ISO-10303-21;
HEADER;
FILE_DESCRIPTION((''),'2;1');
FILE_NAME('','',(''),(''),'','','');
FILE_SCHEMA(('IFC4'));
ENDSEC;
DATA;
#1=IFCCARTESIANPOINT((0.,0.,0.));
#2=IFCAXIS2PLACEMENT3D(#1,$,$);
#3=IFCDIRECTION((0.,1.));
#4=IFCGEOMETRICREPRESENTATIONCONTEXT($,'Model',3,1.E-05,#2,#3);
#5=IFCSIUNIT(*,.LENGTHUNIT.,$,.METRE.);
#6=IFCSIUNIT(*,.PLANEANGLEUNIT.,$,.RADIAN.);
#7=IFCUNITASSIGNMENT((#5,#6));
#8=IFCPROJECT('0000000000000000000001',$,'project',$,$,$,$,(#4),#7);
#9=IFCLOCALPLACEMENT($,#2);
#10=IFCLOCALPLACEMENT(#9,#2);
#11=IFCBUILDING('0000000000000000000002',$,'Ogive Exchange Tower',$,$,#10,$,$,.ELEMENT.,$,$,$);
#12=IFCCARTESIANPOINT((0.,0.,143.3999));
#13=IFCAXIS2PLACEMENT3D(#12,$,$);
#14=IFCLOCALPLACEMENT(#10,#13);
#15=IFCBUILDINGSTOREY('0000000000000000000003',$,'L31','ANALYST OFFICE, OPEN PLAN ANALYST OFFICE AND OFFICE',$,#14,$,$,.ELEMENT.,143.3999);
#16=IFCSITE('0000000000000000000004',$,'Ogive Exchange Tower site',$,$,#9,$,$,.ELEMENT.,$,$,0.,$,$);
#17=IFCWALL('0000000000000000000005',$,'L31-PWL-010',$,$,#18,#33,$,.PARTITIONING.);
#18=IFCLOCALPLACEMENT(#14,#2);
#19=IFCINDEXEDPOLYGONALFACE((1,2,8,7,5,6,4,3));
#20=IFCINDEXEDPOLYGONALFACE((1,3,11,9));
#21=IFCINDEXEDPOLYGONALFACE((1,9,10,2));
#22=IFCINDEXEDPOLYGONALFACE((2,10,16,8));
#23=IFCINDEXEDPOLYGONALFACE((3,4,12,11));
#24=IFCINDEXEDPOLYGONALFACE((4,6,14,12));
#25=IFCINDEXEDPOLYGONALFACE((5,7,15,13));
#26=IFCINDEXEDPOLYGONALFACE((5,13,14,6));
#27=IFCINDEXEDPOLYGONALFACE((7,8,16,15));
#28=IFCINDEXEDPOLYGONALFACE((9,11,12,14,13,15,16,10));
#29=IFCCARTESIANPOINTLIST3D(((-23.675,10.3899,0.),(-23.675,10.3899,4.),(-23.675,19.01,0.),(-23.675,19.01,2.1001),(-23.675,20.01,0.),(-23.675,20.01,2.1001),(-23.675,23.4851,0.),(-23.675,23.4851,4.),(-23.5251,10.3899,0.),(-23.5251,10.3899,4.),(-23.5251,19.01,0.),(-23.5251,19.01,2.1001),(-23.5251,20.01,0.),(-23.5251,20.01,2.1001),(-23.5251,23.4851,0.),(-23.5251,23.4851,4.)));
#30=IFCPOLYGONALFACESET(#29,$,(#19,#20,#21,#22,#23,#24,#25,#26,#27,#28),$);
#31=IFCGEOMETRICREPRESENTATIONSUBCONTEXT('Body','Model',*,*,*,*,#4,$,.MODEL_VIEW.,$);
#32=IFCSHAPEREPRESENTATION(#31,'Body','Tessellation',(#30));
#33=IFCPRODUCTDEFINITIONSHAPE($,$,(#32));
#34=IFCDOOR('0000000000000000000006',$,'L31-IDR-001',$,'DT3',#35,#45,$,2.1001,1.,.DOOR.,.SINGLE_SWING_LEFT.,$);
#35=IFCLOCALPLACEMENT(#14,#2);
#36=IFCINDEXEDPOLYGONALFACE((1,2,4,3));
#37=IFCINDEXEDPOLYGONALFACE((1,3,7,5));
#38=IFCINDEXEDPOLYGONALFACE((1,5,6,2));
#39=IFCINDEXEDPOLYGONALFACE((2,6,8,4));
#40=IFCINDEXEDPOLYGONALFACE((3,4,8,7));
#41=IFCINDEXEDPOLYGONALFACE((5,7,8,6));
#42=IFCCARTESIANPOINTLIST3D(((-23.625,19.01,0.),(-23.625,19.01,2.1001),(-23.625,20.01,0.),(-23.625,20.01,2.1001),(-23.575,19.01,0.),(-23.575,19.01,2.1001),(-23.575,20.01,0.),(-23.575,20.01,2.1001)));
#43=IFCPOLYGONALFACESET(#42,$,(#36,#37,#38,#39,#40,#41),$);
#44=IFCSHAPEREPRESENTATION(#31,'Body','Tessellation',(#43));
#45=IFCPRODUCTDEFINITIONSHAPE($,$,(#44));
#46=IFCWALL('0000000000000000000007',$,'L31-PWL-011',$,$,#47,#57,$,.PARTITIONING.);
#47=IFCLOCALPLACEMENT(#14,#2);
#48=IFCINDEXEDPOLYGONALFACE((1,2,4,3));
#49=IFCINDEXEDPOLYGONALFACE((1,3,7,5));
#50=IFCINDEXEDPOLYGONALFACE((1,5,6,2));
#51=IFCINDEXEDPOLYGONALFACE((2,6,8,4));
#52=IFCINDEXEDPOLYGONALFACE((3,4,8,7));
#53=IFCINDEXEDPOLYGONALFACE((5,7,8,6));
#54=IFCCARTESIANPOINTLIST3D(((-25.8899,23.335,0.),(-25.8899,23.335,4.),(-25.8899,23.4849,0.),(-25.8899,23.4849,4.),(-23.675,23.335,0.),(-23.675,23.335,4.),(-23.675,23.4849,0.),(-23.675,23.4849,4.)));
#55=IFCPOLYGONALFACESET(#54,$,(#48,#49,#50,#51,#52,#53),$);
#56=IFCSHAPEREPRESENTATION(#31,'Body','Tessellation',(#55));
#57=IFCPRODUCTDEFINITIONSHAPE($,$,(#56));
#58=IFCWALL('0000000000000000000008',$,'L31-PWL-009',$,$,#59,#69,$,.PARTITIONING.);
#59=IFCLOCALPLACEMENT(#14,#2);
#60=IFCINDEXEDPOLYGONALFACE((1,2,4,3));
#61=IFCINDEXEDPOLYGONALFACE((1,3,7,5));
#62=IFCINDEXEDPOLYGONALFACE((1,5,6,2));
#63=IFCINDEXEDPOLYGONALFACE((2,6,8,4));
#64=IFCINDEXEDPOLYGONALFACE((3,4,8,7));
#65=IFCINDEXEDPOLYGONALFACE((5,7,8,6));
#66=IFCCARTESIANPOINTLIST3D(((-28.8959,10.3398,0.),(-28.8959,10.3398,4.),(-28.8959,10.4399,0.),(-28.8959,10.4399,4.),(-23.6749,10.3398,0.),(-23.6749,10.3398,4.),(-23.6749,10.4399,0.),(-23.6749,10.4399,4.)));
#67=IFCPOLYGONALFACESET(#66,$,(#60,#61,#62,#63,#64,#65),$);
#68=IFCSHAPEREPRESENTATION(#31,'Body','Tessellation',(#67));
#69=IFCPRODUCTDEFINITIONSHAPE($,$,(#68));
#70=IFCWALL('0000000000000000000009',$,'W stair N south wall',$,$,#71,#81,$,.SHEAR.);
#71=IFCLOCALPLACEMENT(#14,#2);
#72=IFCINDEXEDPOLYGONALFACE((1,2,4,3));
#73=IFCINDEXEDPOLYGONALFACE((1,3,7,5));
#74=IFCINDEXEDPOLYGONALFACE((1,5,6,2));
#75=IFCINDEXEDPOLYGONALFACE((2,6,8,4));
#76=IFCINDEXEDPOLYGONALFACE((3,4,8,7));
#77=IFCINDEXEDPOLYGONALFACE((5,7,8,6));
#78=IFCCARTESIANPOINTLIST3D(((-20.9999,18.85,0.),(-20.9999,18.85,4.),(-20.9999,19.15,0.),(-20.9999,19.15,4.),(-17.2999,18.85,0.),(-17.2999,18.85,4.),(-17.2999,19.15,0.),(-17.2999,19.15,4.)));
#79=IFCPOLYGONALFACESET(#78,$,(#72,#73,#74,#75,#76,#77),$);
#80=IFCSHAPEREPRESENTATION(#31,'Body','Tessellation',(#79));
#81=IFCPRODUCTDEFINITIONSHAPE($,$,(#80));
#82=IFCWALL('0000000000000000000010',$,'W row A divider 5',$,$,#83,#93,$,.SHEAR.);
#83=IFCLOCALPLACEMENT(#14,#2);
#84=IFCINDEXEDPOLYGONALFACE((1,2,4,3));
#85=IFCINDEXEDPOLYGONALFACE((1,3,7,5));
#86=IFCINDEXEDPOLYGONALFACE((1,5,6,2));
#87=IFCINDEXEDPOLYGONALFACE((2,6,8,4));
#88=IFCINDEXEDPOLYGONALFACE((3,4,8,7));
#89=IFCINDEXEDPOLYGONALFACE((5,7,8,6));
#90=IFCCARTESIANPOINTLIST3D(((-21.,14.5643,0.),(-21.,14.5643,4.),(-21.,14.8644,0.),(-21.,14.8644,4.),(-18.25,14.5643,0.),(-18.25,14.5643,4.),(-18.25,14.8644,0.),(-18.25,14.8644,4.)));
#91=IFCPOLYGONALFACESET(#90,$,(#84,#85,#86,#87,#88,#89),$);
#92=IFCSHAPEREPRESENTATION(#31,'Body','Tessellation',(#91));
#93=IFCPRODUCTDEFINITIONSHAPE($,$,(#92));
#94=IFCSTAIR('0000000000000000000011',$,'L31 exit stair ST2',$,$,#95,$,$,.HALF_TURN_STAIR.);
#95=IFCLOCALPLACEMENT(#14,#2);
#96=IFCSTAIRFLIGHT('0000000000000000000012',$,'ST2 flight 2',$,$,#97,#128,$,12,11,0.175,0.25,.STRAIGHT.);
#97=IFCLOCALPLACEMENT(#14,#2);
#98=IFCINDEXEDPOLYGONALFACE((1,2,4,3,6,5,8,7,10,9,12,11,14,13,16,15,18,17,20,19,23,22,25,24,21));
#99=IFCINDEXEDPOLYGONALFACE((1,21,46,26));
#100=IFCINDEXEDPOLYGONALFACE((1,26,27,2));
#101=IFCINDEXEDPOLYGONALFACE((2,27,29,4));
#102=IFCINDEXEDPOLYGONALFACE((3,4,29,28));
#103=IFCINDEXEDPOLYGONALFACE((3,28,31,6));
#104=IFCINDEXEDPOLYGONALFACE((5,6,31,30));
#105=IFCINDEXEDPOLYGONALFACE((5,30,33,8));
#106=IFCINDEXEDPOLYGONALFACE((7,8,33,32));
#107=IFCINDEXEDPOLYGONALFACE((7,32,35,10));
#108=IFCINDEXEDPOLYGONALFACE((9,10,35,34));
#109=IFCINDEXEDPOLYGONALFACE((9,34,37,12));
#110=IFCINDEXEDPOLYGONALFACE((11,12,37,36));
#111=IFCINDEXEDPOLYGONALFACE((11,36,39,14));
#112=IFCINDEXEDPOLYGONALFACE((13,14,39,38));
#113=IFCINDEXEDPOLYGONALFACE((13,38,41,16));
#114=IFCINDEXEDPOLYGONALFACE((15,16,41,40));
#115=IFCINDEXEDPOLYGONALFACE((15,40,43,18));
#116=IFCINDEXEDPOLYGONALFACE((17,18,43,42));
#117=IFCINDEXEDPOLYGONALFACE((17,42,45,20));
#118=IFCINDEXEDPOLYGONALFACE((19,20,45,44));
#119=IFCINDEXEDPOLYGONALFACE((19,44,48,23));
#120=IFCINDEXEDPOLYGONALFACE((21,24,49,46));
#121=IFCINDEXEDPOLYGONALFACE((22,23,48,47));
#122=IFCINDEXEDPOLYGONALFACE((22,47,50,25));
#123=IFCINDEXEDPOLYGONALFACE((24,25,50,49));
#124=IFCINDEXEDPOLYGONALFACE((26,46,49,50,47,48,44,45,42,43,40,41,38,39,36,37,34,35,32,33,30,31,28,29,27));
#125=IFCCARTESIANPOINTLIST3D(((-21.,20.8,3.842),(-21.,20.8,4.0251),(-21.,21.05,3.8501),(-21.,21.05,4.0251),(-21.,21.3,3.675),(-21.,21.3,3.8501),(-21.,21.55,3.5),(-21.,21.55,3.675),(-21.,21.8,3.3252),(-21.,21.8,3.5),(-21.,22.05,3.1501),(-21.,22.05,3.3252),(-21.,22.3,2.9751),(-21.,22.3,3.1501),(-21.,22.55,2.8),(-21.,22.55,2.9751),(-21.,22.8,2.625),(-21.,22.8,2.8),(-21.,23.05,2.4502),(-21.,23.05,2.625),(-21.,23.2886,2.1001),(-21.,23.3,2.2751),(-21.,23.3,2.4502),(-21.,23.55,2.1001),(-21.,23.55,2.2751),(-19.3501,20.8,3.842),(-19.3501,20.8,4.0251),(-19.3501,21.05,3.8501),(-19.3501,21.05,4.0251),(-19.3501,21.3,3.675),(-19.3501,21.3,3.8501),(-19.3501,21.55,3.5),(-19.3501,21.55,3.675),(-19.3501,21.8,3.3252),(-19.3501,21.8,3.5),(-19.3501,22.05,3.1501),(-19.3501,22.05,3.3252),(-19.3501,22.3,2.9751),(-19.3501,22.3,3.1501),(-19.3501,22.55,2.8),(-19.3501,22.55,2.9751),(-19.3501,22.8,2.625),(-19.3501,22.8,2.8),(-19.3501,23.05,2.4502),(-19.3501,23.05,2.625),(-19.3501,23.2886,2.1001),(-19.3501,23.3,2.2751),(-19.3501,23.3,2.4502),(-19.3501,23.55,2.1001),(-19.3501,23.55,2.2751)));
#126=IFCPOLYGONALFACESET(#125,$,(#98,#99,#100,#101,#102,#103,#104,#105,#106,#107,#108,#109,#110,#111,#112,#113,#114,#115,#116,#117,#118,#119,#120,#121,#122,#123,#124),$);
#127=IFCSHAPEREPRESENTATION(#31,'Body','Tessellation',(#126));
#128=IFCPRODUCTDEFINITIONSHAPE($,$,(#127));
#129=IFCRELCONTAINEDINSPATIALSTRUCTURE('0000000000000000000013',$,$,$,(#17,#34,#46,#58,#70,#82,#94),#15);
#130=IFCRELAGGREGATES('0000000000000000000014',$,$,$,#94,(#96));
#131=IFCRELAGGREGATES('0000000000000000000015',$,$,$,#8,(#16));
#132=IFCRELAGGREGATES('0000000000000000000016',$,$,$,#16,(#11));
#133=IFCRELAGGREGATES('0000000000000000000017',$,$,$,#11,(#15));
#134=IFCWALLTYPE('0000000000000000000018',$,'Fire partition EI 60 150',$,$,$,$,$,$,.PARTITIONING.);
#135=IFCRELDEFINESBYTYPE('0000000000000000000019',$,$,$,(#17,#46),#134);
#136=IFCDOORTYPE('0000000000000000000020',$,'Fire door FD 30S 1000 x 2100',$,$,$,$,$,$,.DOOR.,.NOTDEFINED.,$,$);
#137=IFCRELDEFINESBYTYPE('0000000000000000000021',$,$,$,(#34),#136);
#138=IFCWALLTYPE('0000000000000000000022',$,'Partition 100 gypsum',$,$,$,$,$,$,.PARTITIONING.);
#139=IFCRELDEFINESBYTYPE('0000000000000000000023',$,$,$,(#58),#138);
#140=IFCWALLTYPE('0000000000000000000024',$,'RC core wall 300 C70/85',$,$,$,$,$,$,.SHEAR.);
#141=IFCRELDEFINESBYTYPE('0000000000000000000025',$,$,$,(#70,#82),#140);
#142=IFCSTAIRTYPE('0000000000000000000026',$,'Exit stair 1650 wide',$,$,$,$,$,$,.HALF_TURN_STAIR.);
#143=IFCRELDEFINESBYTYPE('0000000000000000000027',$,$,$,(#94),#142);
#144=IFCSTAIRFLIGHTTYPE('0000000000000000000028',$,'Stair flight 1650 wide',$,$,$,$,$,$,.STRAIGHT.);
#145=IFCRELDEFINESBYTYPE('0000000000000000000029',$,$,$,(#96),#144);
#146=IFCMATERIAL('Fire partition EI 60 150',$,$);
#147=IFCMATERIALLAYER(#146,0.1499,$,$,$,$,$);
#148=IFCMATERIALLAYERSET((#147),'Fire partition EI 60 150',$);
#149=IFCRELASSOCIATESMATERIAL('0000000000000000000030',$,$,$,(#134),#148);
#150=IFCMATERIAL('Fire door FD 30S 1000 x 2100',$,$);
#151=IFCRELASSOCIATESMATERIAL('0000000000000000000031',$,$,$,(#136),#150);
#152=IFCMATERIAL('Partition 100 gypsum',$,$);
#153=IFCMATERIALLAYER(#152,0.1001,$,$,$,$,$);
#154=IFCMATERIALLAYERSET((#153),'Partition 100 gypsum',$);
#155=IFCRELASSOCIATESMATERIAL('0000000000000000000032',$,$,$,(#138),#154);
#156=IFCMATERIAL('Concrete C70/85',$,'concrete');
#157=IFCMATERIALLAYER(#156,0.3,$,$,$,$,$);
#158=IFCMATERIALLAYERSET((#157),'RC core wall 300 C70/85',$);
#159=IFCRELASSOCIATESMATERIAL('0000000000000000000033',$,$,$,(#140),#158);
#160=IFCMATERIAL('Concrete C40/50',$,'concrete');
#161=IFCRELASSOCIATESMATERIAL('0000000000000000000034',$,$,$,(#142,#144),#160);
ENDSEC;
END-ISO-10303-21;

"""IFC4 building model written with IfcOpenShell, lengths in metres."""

from ifc_helpers import new_model, si_unit, direction, frame, frame_2d, origin, place, context, subcontext, project, spatial, polyline, rectangle, outline, extrude, material, layer, layer_set, type_object, element, fill, aggregate, save


model = new_model("IFC4")

# Units and contexts
model_context = context("Model", 3, precision=1e-05, world=origin(), true_north=direction((0.0, 1.0)))
body_context = subcontext(model_context, "Body", "Model", "MODEL_VIEW")
ifc_project = project(units=[si_unit("LENGTHUNIT", "METRE"), si_unit("PLANEANGLEUNIT", "RADIAN")], contexts=[model_context])

# Site, building, storey
site_placement = place(None, origin())
site = spatial("IfcSite", under=ifc_project, at=site_placement, Name="Ogive Exchange Tower site", CompositionType="ELEMENT", RefElevation=0.0)
building_placement = place(site_placement, origin())
building = spatial("IfcBuilding", under=site, at=building_placement, Name="Ogive Exchange Tower", CompositionType="ELEMENT")
storey_placement = place(building_placement, frame((0.0, 0.0, 143.3999)))
storey = spatial("IfcBuildingStorey", under=building, at=storey_placement, Name="L31", Description="ANALYST OFFICE, OPEN PLAN ANALYST OFFICE AND OFFICE", CompositionType="ELEMENT", Elevation=143.3999)

# Wall, opening, door
ifc_material_1 = material(Name="Fire partition EI 60 150")
ifc_layer_1 = layer(ifc_material_1, 0.1499)
ifc_layer_set_1 = layer_set([ifc_layer_1], Name="Fire partition EI 60 150")
wall_type_1 = type_object("IfcWallType", Name="Fire partition EI 60 150", PredefinedType="PARTITIONING", material=ifc_layer_set_1)
wall_1_placement = place(storey_placement, frame((-23.6001, 10.3899, 0.0), z_axis=(0.0, 0.0, 1.0), x_axis=(0.0, 1.0, 0.0)))
wall_1 = element("IfcWall", 1, at=wall_1_placement, inside=storey, type_object=wall_type_1, Name="L31-PWL-010", PredefinedType="PARTITIONING", context=body_context, shape_type="SweptSolid", body=[
    extrude(rectangle(XDim=13.0952, YDim=0.1499, at=frame_2d((6.5476, 0.0))), origin(), (0.0, 0.0, 1.0), 4.0),
])
opening_placement = place(wall_1_placement, frame((8.6201, 0.0, 0.0)))
opening = element("IfcOpeningElement", 2, at=opening_placement, cuts=wall_1, PredefinedType="OPENING", context=body_context, shape_type="SweptSolid", body=[
    extrude(rectangle(XDim=1.0, YDim=2.1001, at=frame_2d((0.5, 1.05))), frame((0.0, 0.085, 0.0), z_axis=(0.0, -1.0, 0.0), x_axis=(1.0, 0.0, 0.0)), (0.0, 0.0, 1.0), 0.1699),
])
ifc_material_2 = material(Name="Fire door FD 30S 1000 x 2100")
door_type = type_object("IfcDoorType", Name="Fire door FD 30S 1000 x 2100", OperationType="NOTDEFINED", PredefinedType="DOOR", material=ifc_material_2)
door_placement = place(opening_placement, origin())
door = element("IfcDoor", 3, at=door_placement, inside=storey, type_object=door_type, Name="L31-IDR-001", ObjectType="DT3", OperationType="SINGLE_SWING_LEFT", OverallHeight=2.1001, OverallWidth=1.0, PredefinedType="DOOR", context=body_context, shape_type="SweptSolid", body=[
    extrude(rectangle(XDim=1.0, YDim=2.1001, at=frame_2d((0.5, 1.05))), frame((0.0, 0.0249, 0.0), z_axis=(0.0, -1.0, 0.0), x_axis=(1.0, 0.0, 0.0)), (0.0, 0.0, 1.0), 0.05),
])
fill(opening, door)

# Walls
wall_2_placement = place(storey_placement, frame((-23.675, 23.4099, 0.0), z_axis=(0.0, 0.0, 1.0), x_axis=(-1.0, 0.0, 0.0)))
element("IfcWall", 4, at=wall_2_placement, inside=storey, type_object=wall_type_1, Name="L31-PWL-011", PredefinedType="PARTITIONING", context=body_context, shape_type="SweptSolid", body=[
    extrude(rectangle(XDim=2.2148, YDim=0.1499, at=frame_2d((1.1074, 0.0))), origin(), (0.0, 0.0, 1.0), 4.0),
])
ifc_material_3 = material(Name="Partition 100 gypsum")
ifc_layer_2 = layer(ifc_material_3, 0.1001)
ifc_layer_set_2 = layer_set([ifc_layer_2], Name="Partition 100 gypsum")
wall_type_2 = type_object("IfcWallType", Name="Partition 100 gypsum", PredefinedType="PARTITIONING", material=ifc_layer_set_2)
wall_3_placement = place(storey_placement, frame((-23.675, 10.3899, 0.0), z_axis=(0.0, 0.0, 1.0), x_axis=(-1.0, 0.0, 0.0)))
element("IfcWall", 5, at=wall_3_placement, inside=storey, type_object=wall_type_2, Name="L31-PWL-009", PredefinedType="PARTITIONING", context=body_context, shape_type="SweptSolid", body=[
    extrude(rectangle(XDim=5.2209, YDim=0.1001, at=frame_2d((2.6104, 0.0))), origin(), (0.0, 0.0, 1.0), 4.0),
])
ifc_material_4 = material(Name="Concrete C70/85", Category="concrete")
ifc_layer_3 = layer(ifc_material_4, 0.3)
ifc_layer_set_3 = layer_set([ifc_layer_3], Name="RC core wall 300 C70/85")
wall_type_3 = type_object("IfcWallType", Name="RC core wall 300 C70/85", PredefinedType="SHEAR", material=ifc_layer_set_3)
wall_4_placement = place(storey_placement, frame((-21.0, 19.0, 0.0), z_axis=(0.0, 0.0, 1.0), x_axis=(1.0, 0.0, 0.0)))
element("IfcWall", 6, at=wall_4_placement, inside=storey, type_object=wall_type_3, Name="W stair N south wall", PredefinedType="SHEAR", context=body_context, shape_type="SweptSolid", body=[
    extrude(rectangle(XDim=3.7, YDim=0.3, at=frame_2d((1.8501, 0.0))), origin(), (0.0, 0.0, 1.0), 4.0),
])
wall_5_placement = place(storey_placement, frame((-21.0, 14.7144, 0.0), z_axis=(0.0, 0.0, 1.0), x_axis=(1.0, 0.0, 0.0)))
element("IfcWall", 7, at=wall_5_placement, inside=storey, type_object=wall_type_3, Name="W row A divider 5", PredefinedType="SHEAR", context=body_context, shape_type="SweptSolid", body=[
    extrude(rectangle(XDim=2.75, YDim=0.3, at=frame_2d((1.375, 0.0))), origin(), (0.0, 0.0, 1.0), 4.0),
])

# Stair, stair flight
ifc_material_5 = material(Name="Concrete C40/50", Category="concrete")
stair_type = type_object("IfcStairType", Name="Exit stair 1650 wide", PredefinedType="HALF_TURN_STAIR", material=ifc_material_5)
stair_placement = place(storey_placement, origin())
stair = element("IfcStair", 8, at=stair_placement, inside=storey, type_object=stair_type, Name="L31 exit stair ST2", PredefinedType="HALF_TURN_STAIR")
stair_flight_type = type_object("IfcStairFlightType", Name="Stair flight 1650 wide", PredefinedType="STRAIGHT", material=ifc_material_5)
stair_flight_placement = place(storey_placement, frame((-20.175, 23.55, 2.1001), z_axis=(0.0, 0.0, 1.0), x_axis=(0.0, -1.0, 0.0)))
stair_flight = element("IfcStairFlight", 9, at=stair_flight_placement, type_object=stair_flight_type, Name="ST2 flight 2", NumberOfRisers=12, NumberOfTreads=11, PredefinedType="STRAIGHT", RiserHeight=0.175, TreadLength=0.25, context=body_context, shape_type="SweptSolid", body=[
    extrude(outline(polyline([(0.0, 0.0), (0.0, 0.175), (0.25, 0.175), (0.25, 0.3501), (0.5, 0.3501), (0.5, 0.5249), (0.75, 0.5249), (0.75, 0.7), (1.0, 0.7), (1.0, 0.875), (1.25, 0.875), (1.25, 1.05), (1.5, 1.05), (1.5, 1.2251), (1.75, 1.2251), (1.75, 1.3999), (2.0, 1.3999), (2.0, 1.575), (2.25, 1.575), (2.25, 1.75), (2.5, 1.75), (2.5, 1.925), (2.75, 1.925), (2.75, 2.1001), (2.75, 1.7419), (0.2615, 0.0), (0.0, 0.0)])), frame((0.0, 0.825, 0.0), z_axis=(0.0, -1.0, 0.0), x_axis=(1.0, 0.0, 0.0)), (0.0, 0.0, 1.0), 1.6499),
])
aggregate(stair, [stair_flight])

save(model, "model.ifc")
